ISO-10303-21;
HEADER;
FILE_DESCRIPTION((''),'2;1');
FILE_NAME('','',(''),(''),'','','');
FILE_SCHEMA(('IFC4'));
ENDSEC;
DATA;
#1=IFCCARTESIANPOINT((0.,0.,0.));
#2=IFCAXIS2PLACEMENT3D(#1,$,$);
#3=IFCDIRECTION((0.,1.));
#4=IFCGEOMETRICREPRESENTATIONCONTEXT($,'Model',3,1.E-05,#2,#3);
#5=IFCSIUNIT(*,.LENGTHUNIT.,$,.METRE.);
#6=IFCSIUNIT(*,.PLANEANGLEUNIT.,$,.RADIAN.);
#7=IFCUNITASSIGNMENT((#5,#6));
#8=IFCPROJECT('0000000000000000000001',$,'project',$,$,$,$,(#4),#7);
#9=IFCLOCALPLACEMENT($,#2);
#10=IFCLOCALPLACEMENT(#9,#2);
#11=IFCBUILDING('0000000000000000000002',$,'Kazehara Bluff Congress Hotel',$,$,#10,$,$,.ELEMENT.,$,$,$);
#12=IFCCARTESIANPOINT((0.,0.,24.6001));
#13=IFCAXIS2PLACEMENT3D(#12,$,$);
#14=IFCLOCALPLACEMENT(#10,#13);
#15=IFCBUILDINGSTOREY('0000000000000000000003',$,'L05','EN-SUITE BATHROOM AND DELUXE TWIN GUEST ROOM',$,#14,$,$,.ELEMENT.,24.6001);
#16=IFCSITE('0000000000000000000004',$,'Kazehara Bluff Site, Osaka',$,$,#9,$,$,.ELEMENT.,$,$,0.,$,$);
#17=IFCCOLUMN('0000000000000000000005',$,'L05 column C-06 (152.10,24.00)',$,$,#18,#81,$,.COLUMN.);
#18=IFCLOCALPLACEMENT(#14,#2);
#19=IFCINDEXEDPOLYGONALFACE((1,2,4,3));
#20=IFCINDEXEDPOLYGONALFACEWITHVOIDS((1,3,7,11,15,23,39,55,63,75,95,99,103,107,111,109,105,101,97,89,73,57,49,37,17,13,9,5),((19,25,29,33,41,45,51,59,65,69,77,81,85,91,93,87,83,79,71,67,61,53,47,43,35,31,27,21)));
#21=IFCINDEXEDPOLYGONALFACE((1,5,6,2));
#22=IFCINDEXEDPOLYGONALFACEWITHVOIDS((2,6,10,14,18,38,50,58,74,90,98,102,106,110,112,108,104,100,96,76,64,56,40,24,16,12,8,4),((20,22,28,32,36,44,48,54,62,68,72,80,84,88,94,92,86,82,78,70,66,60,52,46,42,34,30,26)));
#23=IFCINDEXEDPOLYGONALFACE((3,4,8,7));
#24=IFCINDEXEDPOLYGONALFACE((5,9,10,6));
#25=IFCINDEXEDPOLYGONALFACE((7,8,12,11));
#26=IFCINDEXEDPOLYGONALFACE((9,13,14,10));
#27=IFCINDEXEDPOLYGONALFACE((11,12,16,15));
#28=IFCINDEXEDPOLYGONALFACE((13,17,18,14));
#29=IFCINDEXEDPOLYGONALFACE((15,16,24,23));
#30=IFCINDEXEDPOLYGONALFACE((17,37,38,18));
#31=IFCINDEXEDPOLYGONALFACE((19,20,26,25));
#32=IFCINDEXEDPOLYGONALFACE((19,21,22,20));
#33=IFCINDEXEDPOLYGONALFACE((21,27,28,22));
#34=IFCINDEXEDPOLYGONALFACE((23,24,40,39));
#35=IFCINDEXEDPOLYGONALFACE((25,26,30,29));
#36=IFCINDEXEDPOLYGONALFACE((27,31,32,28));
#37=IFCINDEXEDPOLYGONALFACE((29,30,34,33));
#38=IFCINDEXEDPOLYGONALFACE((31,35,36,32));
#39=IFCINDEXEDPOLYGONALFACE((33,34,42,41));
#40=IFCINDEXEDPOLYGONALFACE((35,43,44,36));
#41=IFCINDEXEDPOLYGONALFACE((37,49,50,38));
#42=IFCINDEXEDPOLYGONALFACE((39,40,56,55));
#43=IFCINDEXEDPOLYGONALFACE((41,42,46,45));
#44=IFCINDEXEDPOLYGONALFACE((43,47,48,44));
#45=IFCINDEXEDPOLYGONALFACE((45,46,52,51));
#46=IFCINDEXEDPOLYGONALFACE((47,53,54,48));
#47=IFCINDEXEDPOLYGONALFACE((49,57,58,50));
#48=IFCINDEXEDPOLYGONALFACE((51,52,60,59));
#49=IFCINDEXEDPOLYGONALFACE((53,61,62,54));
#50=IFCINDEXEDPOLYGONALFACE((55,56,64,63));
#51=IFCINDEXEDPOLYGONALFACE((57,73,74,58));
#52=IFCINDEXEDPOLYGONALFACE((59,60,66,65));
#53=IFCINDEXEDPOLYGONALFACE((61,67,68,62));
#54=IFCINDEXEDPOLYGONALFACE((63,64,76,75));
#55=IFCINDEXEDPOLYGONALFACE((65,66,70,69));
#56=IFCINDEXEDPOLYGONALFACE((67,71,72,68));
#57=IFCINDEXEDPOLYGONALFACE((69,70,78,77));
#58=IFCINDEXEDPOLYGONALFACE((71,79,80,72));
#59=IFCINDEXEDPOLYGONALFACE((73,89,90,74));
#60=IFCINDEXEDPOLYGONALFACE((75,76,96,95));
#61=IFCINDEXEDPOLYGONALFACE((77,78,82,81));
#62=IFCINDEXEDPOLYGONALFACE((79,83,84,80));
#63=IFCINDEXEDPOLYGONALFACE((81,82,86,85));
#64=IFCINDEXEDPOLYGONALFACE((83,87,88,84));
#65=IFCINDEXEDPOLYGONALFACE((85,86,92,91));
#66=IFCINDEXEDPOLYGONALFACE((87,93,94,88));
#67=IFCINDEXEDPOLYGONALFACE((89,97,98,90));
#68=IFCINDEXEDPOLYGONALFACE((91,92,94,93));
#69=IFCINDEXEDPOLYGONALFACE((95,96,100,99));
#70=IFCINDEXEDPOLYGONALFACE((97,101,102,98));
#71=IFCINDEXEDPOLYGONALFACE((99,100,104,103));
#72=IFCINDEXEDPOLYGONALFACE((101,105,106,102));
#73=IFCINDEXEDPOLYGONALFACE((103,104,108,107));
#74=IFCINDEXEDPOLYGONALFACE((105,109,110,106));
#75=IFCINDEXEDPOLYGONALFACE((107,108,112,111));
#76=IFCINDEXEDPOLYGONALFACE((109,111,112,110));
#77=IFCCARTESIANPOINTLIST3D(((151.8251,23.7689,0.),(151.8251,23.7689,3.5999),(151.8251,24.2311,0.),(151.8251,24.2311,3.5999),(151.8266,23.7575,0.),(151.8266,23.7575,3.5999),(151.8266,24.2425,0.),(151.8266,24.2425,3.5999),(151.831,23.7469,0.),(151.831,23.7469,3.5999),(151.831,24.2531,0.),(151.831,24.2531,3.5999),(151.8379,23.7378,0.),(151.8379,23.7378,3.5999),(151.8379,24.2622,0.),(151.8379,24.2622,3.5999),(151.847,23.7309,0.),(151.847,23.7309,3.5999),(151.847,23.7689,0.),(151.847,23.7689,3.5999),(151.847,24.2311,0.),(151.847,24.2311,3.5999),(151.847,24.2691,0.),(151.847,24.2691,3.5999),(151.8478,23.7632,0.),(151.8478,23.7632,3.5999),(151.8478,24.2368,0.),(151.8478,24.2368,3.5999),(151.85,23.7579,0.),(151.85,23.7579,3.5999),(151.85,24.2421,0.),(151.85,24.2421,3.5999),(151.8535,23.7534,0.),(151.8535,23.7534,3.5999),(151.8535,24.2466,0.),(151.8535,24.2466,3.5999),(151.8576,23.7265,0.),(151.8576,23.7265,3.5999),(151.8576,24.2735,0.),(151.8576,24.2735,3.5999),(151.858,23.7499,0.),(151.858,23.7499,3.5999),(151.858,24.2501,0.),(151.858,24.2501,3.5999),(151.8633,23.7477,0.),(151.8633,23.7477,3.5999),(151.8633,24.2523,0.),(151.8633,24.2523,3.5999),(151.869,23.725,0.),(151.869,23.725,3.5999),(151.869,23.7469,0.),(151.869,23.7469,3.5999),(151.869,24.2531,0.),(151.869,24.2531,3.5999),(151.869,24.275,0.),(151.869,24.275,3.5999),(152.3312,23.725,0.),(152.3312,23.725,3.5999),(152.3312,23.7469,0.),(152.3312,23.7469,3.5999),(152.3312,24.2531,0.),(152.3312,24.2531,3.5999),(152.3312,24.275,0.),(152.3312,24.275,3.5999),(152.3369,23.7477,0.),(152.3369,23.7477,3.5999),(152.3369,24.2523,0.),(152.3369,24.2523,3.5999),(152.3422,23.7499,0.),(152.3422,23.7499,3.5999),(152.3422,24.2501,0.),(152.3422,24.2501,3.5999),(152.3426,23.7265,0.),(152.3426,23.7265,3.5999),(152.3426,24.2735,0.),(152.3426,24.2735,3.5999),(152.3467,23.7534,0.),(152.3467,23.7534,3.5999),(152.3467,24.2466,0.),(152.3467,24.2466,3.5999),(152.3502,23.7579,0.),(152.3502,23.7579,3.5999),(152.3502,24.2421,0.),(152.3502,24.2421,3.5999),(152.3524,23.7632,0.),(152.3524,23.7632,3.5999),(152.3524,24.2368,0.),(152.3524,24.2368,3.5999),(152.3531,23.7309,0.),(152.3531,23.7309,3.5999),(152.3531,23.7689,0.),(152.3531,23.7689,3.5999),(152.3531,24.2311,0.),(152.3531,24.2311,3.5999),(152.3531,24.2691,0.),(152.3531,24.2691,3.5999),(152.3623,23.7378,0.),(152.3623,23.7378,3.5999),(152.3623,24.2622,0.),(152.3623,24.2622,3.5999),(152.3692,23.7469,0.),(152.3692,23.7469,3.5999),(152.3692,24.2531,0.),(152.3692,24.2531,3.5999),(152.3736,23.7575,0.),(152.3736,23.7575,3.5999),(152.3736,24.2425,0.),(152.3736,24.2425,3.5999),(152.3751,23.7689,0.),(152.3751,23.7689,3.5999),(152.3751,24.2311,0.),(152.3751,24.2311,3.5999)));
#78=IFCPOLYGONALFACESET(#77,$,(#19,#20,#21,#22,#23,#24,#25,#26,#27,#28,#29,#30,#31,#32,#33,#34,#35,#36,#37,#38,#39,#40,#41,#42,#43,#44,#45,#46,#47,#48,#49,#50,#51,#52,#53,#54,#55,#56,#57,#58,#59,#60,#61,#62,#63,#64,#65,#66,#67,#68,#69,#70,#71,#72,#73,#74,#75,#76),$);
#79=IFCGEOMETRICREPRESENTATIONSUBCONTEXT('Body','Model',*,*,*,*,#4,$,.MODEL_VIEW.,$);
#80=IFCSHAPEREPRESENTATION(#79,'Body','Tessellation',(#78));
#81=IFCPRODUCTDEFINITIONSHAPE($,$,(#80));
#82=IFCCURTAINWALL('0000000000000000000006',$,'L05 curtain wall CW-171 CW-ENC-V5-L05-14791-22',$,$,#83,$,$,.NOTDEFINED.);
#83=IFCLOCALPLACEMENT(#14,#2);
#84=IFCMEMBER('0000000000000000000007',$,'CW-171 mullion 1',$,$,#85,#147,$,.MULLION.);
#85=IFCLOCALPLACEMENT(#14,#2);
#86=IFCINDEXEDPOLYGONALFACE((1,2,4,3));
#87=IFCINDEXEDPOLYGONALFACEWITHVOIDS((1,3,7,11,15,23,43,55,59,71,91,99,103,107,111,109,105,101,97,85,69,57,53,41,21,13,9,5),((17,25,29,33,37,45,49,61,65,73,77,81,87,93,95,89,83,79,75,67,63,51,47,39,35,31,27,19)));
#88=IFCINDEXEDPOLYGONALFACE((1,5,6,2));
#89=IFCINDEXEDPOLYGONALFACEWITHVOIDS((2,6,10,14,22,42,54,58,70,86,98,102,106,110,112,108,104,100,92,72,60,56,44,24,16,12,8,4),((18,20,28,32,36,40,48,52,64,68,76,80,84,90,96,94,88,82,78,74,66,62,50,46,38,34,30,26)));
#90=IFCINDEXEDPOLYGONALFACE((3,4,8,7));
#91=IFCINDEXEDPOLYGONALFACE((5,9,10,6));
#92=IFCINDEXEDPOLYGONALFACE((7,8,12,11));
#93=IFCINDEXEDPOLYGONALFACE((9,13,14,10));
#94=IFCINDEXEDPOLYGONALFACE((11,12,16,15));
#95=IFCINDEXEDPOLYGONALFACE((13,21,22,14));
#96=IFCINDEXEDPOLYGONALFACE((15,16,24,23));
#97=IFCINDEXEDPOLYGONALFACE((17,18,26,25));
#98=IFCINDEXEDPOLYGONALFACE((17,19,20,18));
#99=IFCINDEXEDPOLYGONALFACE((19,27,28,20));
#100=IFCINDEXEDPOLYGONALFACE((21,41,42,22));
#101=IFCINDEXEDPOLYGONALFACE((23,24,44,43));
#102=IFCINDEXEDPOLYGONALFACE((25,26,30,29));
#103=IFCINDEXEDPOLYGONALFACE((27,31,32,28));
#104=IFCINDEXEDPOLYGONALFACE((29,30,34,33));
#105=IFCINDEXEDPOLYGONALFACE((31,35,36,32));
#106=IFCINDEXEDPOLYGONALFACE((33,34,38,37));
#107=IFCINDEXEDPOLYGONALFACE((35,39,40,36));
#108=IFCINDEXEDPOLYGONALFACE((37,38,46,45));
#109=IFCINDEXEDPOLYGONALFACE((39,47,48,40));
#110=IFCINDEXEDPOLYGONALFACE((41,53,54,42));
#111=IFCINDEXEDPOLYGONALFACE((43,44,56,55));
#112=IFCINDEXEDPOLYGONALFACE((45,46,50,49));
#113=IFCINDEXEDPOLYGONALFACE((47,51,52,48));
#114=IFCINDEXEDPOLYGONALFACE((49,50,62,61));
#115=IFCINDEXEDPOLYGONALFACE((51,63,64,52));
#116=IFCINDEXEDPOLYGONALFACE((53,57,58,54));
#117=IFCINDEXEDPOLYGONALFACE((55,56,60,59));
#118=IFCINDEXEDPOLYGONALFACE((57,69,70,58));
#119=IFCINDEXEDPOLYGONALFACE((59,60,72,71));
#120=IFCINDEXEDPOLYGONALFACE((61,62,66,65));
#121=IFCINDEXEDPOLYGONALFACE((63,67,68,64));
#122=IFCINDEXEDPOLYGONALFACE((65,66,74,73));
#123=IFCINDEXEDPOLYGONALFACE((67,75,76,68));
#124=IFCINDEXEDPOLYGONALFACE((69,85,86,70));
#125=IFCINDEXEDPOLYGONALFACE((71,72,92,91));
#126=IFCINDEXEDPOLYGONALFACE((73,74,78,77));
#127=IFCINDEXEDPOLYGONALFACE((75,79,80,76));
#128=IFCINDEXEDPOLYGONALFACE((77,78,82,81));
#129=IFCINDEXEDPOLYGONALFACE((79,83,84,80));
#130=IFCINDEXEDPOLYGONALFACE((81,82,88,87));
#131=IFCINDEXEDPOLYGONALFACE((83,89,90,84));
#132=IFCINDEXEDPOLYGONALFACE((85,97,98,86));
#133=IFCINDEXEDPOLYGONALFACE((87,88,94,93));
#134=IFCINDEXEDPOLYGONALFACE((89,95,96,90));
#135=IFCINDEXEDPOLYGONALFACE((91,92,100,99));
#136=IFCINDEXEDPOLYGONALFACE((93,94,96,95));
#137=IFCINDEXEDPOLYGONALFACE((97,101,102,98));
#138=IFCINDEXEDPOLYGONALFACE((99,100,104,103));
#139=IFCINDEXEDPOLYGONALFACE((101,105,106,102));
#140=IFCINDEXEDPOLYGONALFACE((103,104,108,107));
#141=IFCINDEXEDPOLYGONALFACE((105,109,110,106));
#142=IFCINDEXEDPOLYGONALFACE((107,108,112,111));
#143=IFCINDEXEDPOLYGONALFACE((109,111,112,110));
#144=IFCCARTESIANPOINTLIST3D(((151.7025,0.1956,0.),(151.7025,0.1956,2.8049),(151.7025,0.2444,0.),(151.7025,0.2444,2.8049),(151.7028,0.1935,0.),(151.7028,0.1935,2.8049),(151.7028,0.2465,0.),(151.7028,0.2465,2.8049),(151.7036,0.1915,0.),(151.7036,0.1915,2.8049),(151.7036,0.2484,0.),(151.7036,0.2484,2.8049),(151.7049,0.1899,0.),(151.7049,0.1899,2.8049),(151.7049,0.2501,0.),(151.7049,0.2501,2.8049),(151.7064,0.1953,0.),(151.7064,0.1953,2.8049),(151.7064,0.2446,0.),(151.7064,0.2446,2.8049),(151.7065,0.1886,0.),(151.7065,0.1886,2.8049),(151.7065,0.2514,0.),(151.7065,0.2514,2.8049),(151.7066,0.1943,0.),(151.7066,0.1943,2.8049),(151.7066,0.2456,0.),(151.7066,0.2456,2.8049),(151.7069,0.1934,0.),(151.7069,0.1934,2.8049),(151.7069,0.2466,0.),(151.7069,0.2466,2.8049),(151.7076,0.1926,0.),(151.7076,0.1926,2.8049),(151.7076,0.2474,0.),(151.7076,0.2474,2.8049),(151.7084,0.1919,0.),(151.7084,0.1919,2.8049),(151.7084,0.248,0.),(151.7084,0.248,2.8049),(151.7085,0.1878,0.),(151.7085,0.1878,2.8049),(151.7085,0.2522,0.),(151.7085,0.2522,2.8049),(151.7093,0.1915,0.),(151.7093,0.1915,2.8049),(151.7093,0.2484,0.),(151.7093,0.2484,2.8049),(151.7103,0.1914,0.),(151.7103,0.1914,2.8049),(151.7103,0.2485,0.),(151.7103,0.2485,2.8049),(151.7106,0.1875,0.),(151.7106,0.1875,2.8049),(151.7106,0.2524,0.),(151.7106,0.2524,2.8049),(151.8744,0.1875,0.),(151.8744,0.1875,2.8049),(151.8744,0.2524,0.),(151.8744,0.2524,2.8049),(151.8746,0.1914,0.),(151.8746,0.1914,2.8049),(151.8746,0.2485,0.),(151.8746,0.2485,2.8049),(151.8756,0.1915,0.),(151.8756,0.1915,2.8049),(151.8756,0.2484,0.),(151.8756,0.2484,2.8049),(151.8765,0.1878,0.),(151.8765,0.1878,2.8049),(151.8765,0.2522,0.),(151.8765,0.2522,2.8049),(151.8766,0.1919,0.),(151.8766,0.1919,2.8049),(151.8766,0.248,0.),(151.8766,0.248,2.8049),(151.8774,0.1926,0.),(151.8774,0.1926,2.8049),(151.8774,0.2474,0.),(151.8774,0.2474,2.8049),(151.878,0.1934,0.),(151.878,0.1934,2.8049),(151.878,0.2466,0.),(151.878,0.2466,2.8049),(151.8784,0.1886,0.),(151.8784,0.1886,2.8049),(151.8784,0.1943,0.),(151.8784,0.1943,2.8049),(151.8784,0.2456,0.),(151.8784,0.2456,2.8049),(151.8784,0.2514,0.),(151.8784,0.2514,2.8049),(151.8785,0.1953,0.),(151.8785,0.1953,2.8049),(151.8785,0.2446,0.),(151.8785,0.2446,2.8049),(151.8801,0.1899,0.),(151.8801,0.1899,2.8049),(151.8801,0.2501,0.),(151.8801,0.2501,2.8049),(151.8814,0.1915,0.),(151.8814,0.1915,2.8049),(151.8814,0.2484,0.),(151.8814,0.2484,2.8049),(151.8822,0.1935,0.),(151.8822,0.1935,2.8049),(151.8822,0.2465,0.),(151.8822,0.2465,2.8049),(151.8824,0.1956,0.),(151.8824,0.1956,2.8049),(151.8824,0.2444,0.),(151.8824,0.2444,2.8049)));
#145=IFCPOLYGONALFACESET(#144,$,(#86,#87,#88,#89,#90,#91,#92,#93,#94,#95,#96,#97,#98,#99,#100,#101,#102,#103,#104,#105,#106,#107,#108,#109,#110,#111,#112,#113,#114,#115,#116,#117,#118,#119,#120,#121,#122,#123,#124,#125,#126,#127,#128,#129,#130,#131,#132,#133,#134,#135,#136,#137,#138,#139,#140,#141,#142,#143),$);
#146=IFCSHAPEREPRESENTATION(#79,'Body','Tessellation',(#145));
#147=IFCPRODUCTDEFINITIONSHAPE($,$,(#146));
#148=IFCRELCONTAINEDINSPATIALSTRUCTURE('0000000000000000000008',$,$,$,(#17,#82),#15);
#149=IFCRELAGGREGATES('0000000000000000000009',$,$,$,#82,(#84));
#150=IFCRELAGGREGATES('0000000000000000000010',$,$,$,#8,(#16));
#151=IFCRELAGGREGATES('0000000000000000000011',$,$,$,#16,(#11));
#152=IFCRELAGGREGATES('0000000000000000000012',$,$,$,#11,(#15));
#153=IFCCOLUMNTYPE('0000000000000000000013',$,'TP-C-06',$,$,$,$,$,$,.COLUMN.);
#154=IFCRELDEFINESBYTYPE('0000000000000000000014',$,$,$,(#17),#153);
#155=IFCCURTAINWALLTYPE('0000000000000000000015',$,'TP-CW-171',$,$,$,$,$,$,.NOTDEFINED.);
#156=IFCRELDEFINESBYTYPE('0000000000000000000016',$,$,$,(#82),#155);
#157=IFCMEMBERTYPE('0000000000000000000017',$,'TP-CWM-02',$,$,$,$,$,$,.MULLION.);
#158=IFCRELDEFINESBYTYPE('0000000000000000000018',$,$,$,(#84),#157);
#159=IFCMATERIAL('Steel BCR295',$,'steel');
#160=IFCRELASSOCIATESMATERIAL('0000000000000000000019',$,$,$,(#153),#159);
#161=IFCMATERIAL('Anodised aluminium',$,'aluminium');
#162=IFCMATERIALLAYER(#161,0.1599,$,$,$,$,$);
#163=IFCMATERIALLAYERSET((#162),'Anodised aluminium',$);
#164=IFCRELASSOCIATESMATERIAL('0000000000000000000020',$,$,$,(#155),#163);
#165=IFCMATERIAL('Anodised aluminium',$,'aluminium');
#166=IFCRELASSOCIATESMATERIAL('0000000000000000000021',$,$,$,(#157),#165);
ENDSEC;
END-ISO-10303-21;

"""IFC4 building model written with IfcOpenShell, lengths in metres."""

from ifc_helpers import new_model, si_unit, direction, frame, origin, origin_2d, place, context, subcontext, project, spatial, hollow_rectangle, extrude, material, layer, layer_set, material_profile, profile_set, type_object, element, aggregate, save


model = new_model("IFC4")

# Units and contexts
model_context = context("Model", 3, precision=1e-05, world=origin(), true_north=direction((0.0, 1.0)))
body_context = subcontext(model_context, "Body", "Model", "MODEL_VIEW")
ifc_project = project(units=[si_unit("LENGTHUNIT", "METRE"), si_unit("PLANEANGLEUNIT", "RADIAN")], contexts=[model_context])

# Site, building, storey
site_placement = place(None, origin())
site = spatial("IfcSite", under=ifc_project, at=site_placement, Name="Kazehara Bluff Site, Osaka", CompositionType="ELEMENT", RefElevation=0.0)
building_placement = place(site_placement, origin())
building = spatial("IfcBuilding", under=site, at=building_placement, Name="Kazehara Bluff Congress Hotel", CompositionType="ELEMENT")
storey_placement = place(building_placement, frame((0.0, 0.0, 24.6001)))
storey = spatial("IfcBuildingStorey", under=building, at=storey_placement, Name="L05", Description="EN-SUITE BATHROOM AND DELUXE TWIN GUEST ROOM", CompositionType="ELEMENT", Elevation=24.6001)

# Column
ifc_material_1 = material(Name="Steel BCR295", Category="steel")
ifc_material_profile_1 = material_profile(ifc_material_1, hollow_rectangle(XDim=0.55, YDim=0.55, WallThickness=0.022, InnerFilletRadius=0.022, OuterFilletRadius=0.0439, at=origin_2d()))
ifc_profile_set_1 = profile_set([ifc_material_profile_1], Name="Steel BCR295")
column_type = type_object("IfcColumnType", Name="TP-C-06", PredefinedType="COLUMN", material=ifc_profile_set_1)
for number, where, z_axis, x_axis, name in (
    (1, (152.1001, 24.0, 0.0), (0.0, 0.0, 1.0), (1.0, 0.0, 0.0), "L05 column C-06 (152.10,24.00)"),
):
    element("IfcColumn", number, at=place(storey_placement, frame(where, z_axis=z_axis, x_axis=x_axis)), inside=storey, type_object=column_type, Name=name, PredefinedType="COLUMN", context=body_context, shape_type="SweptSolid", body=[
        extrude(hollow_rectangle(XDim=0.55, YDim=0.55, WallThickness=0.022, InnerFilletRadius=0.022, OuterFilletRadius=0.0439, at=origin_2d()), origin(), (0.0, 0.0, 1.0), 3.5999),
    ])

# Curtain wall, member
ifc_material_2 = material(Name="Anodised aluminium", Category="aluminium")
ifc_layer_1 = layer(ifc_material_2, 0.1599)
ifc_layer_set_1 = layer_set([ifc_layer_1], Name="Anodised aluminium")
curtain_wall_type_1 = type_object("IfcCurtainWallType", Name="TP-CW-171", PredefinedType="NOTDEFINED", material=ifc_layer_set_1)
curtain_wall_1_placement = place(storey_placement, origin())
curtain_wall_1 = element("IfcCurtainWall", 2, at=curtain_wall_1_placement, inside=storey, type_object=curtain_wall_type_1, Name="L05 curtain wall CW-171 CW-ENC-V5-L05-14791-22", PredefinedType="NOTDEFINED")
ifc_material_3 = material(Name="Anodised aluminium", Category="aluminium")
ifc_material_profile_2 = material_profile(ifc_material_3, hollow_rectangle(XDim=0.0649, YDim=0.1799, WallThickness=0.0039, InnerFilletRadius=0.0039, OuterFilletRadius=0.0081, at=origin_2d()))
ifc_profile_set_2 = profile_set([ifc_material_profile_2], Name="Anodised aluminium")
member_type = type_object("IfcMemberType", Name="TP-CWM-02", PredefinedType="MULLION", material=ifc_profile_set_2)
member_1_placement = place(storey_placement, frame((151.7925, 0.22, 0.0), z_axis=(0.0, 0.0, 1.0), x_axis=(0.0, -1.0, 0.0)))
member_1 = element("IfcMember", 3, at=member_1_placement, type_object=member_type, Name="CW-171 mullion 1", PredefinedType="MULLION", context=body_context, shape_type="SweptSolid", body=[
    extrude(hollow_rectangle(XDim=0.0649, YDim=0.1799, WallThickness=0.0039, InnerFilletRadius=0.0039, OuterFilletRadius=0.0081, at=origin_2d()), origin(), (0.0, 0.0, 1.0), 2.8049),
])
aggregate(curtain_wall_1, [member_1])

save(model, "model.ifc")
